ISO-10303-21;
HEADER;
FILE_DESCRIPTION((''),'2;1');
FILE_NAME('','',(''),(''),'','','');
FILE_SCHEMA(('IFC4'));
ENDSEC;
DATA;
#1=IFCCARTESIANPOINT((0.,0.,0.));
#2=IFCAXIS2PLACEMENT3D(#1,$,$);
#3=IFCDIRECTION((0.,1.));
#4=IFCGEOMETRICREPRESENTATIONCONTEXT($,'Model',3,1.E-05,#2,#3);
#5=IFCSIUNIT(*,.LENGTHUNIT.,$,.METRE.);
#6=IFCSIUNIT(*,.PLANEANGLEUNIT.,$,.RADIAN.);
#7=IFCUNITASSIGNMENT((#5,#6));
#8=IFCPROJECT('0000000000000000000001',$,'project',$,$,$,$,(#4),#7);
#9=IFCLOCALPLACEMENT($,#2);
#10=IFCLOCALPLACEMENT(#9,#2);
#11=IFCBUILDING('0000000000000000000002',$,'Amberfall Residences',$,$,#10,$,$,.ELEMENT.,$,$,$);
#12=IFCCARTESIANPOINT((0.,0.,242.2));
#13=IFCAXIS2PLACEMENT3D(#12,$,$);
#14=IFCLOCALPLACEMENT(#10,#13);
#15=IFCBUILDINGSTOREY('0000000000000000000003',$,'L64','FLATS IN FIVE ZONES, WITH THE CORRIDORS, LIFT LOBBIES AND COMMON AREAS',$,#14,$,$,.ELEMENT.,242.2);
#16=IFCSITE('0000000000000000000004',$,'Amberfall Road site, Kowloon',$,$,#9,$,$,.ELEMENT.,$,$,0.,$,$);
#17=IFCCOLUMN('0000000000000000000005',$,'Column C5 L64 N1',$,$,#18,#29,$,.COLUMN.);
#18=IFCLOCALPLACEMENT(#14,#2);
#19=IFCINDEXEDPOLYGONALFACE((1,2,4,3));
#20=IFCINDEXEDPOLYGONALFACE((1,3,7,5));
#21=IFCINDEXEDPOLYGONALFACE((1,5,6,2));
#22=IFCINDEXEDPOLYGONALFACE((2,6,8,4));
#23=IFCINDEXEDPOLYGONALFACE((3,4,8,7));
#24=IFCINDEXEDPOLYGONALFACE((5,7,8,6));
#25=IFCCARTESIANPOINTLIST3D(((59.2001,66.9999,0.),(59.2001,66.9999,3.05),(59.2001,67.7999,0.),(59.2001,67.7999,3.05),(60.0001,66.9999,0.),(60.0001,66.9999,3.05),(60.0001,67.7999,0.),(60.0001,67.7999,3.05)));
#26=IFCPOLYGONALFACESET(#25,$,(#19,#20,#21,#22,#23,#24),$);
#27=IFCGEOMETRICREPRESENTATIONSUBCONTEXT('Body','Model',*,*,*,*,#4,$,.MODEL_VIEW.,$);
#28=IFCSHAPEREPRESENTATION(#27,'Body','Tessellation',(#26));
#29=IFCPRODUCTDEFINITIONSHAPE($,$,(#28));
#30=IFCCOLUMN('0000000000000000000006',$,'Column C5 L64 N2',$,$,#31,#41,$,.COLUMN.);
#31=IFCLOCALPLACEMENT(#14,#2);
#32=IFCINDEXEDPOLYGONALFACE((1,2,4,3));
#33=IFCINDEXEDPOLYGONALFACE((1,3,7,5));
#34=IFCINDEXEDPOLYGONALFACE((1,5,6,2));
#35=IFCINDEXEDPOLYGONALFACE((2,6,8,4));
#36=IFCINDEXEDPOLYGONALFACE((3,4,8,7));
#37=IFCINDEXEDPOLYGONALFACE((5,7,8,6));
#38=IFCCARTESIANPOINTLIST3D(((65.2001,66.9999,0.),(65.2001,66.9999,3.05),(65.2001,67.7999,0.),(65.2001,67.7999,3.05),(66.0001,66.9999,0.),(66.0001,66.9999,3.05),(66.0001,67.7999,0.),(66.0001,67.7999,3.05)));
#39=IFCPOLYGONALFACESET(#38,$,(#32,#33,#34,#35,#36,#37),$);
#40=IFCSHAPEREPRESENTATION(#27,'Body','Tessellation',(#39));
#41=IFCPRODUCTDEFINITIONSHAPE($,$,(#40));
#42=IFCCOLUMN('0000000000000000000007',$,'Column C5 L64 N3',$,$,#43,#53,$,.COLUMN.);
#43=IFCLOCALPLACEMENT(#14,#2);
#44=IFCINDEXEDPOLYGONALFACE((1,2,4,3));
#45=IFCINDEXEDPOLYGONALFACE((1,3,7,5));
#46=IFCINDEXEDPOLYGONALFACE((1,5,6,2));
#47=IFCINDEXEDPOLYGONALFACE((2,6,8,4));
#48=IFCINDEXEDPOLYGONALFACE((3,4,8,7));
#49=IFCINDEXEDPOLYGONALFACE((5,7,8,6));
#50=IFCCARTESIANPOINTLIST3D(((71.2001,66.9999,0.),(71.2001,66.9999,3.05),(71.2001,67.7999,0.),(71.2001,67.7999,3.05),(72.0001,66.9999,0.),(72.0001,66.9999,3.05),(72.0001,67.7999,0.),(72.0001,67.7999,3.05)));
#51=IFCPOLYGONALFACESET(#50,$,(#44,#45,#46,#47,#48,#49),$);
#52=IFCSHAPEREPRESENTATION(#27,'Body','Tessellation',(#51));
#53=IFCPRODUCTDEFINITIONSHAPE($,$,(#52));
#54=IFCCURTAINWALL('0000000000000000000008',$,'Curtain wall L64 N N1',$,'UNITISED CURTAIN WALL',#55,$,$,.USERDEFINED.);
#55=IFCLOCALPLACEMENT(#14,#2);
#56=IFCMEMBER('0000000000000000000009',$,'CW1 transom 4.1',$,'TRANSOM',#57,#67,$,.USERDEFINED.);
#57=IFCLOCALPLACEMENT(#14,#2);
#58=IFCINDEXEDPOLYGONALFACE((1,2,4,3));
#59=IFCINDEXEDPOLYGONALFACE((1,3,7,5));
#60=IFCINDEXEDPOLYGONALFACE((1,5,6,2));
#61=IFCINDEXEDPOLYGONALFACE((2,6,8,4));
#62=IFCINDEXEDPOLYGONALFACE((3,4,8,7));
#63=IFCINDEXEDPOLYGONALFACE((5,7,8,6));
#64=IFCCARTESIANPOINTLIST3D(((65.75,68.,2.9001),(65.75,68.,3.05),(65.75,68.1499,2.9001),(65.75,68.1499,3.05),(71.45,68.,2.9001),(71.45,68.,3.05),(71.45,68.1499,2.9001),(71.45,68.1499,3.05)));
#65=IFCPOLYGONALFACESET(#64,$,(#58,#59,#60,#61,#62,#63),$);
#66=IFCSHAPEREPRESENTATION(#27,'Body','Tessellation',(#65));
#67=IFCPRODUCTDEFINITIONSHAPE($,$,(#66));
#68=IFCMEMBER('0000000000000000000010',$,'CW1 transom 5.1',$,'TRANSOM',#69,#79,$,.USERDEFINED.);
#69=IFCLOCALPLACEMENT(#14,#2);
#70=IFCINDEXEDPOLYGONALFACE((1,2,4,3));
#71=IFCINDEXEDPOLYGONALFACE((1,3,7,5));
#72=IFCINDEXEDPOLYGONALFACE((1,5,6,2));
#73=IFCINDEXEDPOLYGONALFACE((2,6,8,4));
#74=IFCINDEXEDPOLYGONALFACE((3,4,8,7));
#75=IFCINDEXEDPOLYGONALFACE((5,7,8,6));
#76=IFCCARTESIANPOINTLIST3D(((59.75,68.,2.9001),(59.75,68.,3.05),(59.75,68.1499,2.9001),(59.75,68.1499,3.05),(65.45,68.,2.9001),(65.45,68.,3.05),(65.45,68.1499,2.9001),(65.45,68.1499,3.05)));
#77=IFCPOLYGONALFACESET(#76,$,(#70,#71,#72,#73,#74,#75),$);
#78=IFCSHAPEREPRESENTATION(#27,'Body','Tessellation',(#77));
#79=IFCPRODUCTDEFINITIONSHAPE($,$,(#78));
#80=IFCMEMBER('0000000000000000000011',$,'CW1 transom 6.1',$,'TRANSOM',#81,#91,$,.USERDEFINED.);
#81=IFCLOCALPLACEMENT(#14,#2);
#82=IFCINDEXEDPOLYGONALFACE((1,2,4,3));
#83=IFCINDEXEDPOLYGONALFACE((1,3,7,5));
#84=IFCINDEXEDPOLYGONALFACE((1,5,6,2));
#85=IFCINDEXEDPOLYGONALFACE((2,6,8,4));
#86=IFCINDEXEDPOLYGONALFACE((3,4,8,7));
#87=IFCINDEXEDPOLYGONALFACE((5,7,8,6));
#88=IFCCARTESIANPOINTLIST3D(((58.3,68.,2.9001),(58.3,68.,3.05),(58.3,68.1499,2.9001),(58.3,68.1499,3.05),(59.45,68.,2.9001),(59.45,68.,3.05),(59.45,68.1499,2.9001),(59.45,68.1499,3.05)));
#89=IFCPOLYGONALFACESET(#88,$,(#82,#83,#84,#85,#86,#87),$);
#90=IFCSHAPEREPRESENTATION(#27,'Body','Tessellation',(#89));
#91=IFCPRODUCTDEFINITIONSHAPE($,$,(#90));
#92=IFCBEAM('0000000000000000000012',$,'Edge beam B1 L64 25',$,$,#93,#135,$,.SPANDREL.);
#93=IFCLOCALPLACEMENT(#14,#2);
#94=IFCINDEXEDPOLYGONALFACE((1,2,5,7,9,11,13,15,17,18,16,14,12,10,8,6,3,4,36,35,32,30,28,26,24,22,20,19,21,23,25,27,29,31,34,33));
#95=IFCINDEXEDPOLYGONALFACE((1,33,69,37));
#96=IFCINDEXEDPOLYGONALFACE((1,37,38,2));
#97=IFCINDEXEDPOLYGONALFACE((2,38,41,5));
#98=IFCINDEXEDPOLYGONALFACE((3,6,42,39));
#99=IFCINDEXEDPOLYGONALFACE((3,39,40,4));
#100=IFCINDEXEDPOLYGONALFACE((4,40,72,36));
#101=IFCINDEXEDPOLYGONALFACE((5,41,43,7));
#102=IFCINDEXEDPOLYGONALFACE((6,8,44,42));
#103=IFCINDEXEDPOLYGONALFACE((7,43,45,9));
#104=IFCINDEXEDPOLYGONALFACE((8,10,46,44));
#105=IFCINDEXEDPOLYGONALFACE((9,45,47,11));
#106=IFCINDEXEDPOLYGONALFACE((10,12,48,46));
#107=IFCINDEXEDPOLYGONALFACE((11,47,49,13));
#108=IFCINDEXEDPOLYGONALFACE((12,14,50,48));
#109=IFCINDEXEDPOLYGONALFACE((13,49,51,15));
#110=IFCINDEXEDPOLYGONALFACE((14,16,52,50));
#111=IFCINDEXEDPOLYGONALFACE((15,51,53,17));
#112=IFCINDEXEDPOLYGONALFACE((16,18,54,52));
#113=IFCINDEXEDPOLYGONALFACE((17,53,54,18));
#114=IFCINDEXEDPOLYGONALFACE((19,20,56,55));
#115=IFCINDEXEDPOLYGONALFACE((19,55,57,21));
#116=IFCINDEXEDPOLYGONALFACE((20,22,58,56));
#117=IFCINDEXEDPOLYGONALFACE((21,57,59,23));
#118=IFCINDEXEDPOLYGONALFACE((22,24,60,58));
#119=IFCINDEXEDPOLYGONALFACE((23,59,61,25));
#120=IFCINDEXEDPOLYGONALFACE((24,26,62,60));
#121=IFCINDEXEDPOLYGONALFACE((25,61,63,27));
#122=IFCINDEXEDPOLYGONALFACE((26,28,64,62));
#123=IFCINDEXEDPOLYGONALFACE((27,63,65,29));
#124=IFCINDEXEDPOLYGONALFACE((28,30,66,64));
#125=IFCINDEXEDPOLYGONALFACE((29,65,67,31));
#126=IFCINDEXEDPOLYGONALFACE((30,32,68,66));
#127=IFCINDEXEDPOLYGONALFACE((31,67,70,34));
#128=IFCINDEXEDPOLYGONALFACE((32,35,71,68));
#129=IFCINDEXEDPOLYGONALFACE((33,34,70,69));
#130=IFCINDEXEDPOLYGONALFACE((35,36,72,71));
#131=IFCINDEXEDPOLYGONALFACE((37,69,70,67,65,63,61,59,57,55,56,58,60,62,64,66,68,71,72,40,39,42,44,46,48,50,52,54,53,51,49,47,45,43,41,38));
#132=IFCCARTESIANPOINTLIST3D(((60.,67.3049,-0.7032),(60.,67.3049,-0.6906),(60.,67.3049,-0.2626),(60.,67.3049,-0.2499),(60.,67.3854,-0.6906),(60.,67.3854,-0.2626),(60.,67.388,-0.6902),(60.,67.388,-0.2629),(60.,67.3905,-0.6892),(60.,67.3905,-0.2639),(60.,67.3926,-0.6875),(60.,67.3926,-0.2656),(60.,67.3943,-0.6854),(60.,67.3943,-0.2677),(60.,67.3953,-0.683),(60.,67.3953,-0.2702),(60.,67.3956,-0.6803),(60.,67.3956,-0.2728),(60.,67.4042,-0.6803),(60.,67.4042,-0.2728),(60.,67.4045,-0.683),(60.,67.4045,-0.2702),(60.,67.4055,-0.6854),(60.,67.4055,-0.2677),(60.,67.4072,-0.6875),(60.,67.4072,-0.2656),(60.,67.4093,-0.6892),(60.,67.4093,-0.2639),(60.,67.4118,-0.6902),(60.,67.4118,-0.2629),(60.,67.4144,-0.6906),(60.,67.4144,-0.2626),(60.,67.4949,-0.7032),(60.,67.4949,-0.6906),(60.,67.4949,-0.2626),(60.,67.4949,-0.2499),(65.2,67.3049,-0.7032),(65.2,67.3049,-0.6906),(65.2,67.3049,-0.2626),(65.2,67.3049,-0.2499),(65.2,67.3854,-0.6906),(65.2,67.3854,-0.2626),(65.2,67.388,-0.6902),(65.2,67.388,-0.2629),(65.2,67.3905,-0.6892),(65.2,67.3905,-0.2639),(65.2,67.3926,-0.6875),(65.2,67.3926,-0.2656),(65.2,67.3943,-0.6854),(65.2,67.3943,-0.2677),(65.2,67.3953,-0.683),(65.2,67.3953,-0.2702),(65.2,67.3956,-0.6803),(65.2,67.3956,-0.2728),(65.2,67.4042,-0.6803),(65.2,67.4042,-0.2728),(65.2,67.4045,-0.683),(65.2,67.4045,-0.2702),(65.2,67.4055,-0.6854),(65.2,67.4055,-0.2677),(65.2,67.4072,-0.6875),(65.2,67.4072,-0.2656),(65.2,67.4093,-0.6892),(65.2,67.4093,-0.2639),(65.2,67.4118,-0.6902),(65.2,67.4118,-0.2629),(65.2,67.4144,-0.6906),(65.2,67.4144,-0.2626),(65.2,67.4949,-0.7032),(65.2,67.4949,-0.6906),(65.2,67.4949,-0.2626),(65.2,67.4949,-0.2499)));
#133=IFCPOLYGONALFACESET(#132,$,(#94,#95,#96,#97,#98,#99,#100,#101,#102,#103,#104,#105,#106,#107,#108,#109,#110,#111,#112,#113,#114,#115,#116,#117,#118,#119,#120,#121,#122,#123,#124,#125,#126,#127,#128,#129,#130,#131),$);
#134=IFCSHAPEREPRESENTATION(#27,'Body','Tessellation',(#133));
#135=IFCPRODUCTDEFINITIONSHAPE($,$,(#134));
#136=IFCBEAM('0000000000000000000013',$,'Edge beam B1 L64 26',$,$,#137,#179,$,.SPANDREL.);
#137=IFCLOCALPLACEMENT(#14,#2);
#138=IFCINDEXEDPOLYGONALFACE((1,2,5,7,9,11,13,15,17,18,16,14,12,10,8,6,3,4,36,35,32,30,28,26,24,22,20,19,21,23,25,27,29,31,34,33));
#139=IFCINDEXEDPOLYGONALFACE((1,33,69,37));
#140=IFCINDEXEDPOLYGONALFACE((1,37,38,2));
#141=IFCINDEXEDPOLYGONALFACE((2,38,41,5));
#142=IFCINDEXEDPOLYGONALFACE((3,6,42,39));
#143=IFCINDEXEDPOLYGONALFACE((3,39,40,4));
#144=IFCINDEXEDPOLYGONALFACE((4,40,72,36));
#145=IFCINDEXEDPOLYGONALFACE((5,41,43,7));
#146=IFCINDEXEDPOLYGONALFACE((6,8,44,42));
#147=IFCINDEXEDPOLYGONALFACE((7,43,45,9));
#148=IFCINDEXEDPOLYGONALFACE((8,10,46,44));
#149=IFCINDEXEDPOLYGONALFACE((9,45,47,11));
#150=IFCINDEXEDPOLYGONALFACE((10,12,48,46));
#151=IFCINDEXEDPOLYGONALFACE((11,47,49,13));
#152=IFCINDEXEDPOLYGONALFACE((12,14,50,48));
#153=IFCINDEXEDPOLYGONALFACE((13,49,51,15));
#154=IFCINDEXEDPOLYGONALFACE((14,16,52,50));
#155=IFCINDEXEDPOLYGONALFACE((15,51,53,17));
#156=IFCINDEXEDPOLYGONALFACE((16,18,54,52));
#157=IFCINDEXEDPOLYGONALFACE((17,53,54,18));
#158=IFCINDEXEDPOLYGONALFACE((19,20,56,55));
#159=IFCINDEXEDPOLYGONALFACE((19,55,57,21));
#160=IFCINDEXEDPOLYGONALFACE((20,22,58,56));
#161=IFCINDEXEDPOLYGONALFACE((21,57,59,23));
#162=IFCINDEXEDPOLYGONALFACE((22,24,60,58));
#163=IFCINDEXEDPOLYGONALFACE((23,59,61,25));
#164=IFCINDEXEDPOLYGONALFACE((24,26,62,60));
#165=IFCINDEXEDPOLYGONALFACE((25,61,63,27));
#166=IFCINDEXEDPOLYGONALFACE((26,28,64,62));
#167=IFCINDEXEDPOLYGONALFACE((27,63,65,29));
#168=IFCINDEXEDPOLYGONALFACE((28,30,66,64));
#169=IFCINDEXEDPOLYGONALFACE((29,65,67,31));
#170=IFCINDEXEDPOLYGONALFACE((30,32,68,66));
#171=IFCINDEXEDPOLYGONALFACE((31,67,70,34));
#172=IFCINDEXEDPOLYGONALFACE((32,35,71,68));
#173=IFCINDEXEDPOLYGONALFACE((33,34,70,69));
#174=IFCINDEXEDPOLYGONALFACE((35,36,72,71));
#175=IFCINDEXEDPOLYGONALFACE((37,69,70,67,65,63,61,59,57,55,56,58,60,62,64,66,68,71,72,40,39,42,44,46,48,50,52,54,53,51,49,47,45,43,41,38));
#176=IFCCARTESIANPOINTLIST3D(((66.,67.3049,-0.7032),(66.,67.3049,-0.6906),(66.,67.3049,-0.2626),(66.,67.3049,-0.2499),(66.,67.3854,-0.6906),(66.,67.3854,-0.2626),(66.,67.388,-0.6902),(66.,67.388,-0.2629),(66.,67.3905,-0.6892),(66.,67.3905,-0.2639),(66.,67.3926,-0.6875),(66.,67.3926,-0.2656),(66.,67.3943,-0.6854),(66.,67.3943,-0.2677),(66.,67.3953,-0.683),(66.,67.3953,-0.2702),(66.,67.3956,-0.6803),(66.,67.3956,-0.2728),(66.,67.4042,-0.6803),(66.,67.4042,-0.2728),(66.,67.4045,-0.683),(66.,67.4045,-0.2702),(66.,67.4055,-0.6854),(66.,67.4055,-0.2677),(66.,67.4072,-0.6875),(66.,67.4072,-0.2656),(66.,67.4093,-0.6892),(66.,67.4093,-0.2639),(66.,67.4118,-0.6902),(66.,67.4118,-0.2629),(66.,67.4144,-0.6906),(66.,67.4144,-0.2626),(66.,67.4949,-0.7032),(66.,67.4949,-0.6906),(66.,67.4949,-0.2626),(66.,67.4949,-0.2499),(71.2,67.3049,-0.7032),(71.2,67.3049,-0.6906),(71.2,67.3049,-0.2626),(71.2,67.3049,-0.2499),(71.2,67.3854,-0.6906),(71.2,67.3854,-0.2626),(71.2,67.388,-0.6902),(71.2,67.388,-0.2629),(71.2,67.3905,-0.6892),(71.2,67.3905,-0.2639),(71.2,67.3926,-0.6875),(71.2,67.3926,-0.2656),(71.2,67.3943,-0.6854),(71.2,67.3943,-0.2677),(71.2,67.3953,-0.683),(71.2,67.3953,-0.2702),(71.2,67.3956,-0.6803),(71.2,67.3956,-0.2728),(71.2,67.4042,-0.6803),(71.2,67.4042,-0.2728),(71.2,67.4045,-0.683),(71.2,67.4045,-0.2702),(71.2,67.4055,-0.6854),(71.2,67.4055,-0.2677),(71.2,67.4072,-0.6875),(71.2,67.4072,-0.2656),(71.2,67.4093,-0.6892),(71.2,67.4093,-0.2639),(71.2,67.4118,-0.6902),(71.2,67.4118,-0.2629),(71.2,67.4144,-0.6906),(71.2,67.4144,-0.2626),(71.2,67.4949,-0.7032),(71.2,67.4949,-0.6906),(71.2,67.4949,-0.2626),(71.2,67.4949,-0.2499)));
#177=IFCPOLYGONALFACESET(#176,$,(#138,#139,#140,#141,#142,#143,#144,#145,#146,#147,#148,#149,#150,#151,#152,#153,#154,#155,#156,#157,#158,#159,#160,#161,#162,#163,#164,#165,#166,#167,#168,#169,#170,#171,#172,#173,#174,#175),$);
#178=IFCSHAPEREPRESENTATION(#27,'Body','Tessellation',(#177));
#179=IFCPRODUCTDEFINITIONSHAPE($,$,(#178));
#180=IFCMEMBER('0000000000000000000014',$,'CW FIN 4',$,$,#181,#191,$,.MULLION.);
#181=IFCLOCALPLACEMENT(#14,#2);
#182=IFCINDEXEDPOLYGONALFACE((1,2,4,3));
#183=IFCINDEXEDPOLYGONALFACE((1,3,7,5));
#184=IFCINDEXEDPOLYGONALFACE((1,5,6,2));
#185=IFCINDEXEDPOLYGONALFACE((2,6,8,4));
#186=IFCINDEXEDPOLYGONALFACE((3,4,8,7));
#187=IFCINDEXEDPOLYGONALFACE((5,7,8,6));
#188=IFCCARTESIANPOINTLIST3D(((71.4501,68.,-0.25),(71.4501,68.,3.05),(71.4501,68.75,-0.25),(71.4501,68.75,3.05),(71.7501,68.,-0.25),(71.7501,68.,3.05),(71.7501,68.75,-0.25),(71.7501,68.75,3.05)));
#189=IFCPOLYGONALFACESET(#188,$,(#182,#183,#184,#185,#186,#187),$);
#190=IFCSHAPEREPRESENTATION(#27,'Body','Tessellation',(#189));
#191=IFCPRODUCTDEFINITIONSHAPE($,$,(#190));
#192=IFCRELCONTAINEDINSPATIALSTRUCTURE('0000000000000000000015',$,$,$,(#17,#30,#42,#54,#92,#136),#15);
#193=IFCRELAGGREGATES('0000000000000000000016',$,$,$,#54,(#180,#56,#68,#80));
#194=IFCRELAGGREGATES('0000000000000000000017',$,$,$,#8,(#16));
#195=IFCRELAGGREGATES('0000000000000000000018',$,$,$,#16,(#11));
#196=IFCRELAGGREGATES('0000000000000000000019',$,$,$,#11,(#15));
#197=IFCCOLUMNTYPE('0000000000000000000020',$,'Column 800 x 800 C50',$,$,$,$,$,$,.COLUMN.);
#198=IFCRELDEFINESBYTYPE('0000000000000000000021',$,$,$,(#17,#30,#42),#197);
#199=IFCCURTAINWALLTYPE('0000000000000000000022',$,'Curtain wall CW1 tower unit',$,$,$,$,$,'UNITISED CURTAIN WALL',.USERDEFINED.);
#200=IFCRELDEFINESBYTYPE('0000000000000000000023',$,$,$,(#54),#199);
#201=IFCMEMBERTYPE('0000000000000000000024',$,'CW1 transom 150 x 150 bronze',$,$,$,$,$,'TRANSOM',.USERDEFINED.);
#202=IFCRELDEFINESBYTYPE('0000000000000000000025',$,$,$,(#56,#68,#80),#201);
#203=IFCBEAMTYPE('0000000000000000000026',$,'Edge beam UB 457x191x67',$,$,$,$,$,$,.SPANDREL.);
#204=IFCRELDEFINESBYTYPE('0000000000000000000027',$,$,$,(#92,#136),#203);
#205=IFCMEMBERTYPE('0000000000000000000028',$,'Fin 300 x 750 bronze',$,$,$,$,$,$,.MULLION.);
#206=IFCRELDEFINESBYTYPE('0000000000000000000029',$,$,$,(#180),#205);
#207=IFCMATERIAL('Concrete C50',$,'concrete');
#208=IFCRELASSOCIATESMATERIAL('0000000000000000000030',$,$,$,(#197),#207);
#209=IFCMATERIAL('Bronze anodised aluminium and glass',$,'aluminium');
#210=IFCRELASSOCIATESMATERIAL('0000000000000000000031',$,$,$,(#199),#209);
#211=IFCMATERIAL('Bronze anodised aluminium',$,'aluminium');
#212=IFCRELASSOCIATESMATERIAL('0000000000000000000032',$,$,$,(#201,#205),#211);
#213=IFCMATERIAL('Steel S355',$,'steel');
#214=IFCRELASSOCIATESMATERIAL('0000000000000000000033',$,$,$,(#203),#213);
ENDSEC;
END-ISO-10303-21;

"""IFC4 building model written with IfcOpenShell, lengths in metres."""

from ifc_helpers import new_model, si_unit, direction, frame, origin, origin_2d, place, context, subcontext, project, spatial, rectangle, i_section, extrude, material, material_profile, profile_set, type_object, element, aggregate, save


model = new_model("IFC4")

# Units and contexts
model_context = context("Model", 3, precision=1e-05, world=origin(), true_north=direction((0.0, 1.0)))
body_context = subcontext(model_context, "Body", "Model", "MODEL_VIEW")
ifc_project = project(units=[si_unit("LENGTHUNIT", "METRE"), si_unit("PLANEANGLEUNIT", "RADIAN")], contexts=[model_context])

# Site, building, storey
site_placement = place(None, origin())
site = spatial("IfcSite", under=ifc_project, at=site_placement, Name="Amberfall Road site, Kowloon", CompositionType="ELEMENT", RefElevation=0.0)
building_placement = place(site_placement, origin())
building = spatial("IfcBuilding", under=site, at=building_placement, Name="Amberfall Residences", CompositionType="ELEMENT")
storey_placement = place(building_placement, frame((0.0, 0.0, 242.2)))
storey = spatial("IfcBuildingStorey", under=building, at=storey_placement, Name="L64", Description="FLATS IN FIVE ZONES, WITH THE CORRIDORS, LIFT LOBBIES AND COMMON AREAS", CompositionType="ELEMENT", Elevation=242.2)

# Columns
ifc_material_1 = material(Name="Concrete C50", Category="concrete")
ifc_material_profile_1 = material_profile(ifc_material_1, rectangle(XDim=0.8, YDim=0.8, at=origin_2d()), Name="Column 800 x 800 C50")
ifc_profile_set_1 = profile_set([ifc_material_profile_1], Name="Concrete C50")
column_type = type_object("IfcColumnType", Name="Column 800 x 800 C50", PredefinedType="COLUMN", material=ifc_profile_set_1)
for number, where, z_axis, x_axis, name in (
    (1, (59.6001, 67.3999, 0.0), (0.0, 0.0, 1.0), (1.0, 0.0, 0.0), "Column C5 L64 N1"),
    (2, (65.6001, 67.3999, 0.0), (0.0, 0.0, 1.0), (1.0, 0.0, 0.0), "Column C5 L64 N2"),
    (3, (71.6001, 67.3999, 0.0), (0.0, 0.0, 1.0), (1.0, 0.0, 0.0), "Column C5 L64 N3"),
):
    element("IfcColumn", number, at=place(storey_placement, frame(where, z_axis=z_axis, x_axis=x_axis)), inside=storey, type_object=column_type, Name=name, PredefinedType="COLUMN", context=body_context, shape_type="SweptSolid", body=[
        extrude(rectangle(XDim=0.8, YDim=0.8, at=origin_2d()), origin(), (0.0, 0.0, 1.0), 3.05),
    ])

# Curtain wall, members
ifc_material_2 = material(Name="Bronze anodised aluminium and glass", Category="aluminium")
curtain_wall_type = type_object("IfcCurtainWallType", Name="Curtain wall CW1 tower unit", ElementType="UNITISED CURTAIN WALL", PredefinedType="USERDEFINED", material=ifc_material_2)
curtain_wall_placement = place(storey_placement, origin())
curtain_wall = element("IfcCurtainWall", 4, at=curtain_wall_placement, inside=storey, type_object=curtain_wall_type, Name="Curtain wall L64 N N1", ObjectType="UNITISED CURTAIN WALL", PredefinedType="USERDEFINED")
ifc_material_3 = material(Name="Bronze anodised aluminium", Category="aluminium")
ifc_material_profile_2 = material_profile(ifc_material_3, rectangle(XDim=0.1499, YDim=0.1499, at=origin_2d()), Name="CW1 transom 150 x 150 bronze")
ifc_profile_set_2 = profile_set([ifc_material_profile_2], Name="Bronze anodised aluminium")
member_type_1 = type_object("IfcMemberType", Name="CW1 transom 150 x 150 bronze", ElementType="TRANSOM", PredefinedType="USERDEFINED", material=ifc_profile_set_2)
member_1_placement = place(storey_placement, frame((71.45, 68.075, 2.9751), z_axis=(-1.0, 0.0, 0.0), x_axis=(0.0, -1.0, 0.0)))
member_1 = element("IfcMember", 5, at=member_1_placement, type_object=member_type_1, Name="CW1 transom 4.1", ObjectType="TRANSOM", PredefinedType="USERDEFINED", context=body_context, shape_type="SweptSolid", body=[
    extrude(rectangle(XDim=0.1499, YDim=0.1499, at=origin_2d()), origin(), (0.0, 0.0, 1.0), 5.7),
])
member_2_placement = place(storey_placement, frame((65.45, 68.075, 2.9751), z_axis=(-1.0, 0.0, 0.0), x_axis=(0.0, -1.0, 0.0)))
member_2 = element("IfcMember", 6, at=member_2_placement, type_object=member_type_1, Name="CW1 transom 5.1", ObjectType="TRANSOM", PredefinedType="USERDEFINED", context=body_context, shape_type="SweptSolid", body=[
    extrude(rectangle(XDim=0.1499, YDim=0.1499, at=origin_2d()), origin(), (0.0, 0.0, 1.0), 5.7),
])
member_3_placement = place(storey_placement, frame((59.45, 68.075, 2.9751), z_axis=(-1.0, 0.0, 0.0), x_axis=(0.0, -1.0, 0.0)))
member_3 = element("IfcMember", 7, at=member_3_placement, type_object=member_type_1, Name="CW1 transom 6.1", ObjectType="TRANSOM", PredefinedType="USERDEFINED", context=body_context, shape_type="SweptSolid", body=[
    extrude(rectangle(XDim=0.1499, YDim=0.1499, at=origin_2d()), origin(), (0.0, 0.0, 1.0), 1.1499),
])

# Beams
ifc_material_4 = material(Name="Steel S355", Category="steel")
ifc_material_profile_3 = material_profile(ifc_material_4, i_section(OverallWidth=0.1899, OverallDepth=0.4534, WebThickness=0.0085, FlangeThickness=0.0127, FilletRadius=0.0103, at=origin_2d()), Name="UB 457x191x67")
ifc_profile_set_3 = profile_set([ifc_material_profile_3], Name="Steel S355")
beam_type_1 = type_object("IfcBeamType", Name="Edge beam UB 457x191x67", PredefinedType="SPANDREL", material=ifc_profile_set_3)
for number, where, z_axis, x_axis, name in (
    (8, (60.0, 67.3999, -0.4766), (1.0, 0.0, 0.0), (0.0, 1.0, 0.0), "Edge beam B1 L64 25"),
    (9, (66.0, 67.3999, -0.4766), (1.0, 0.0, 0.0), (0.0, 1.0, 0.0), "Edge beam B1 L64 26"),
):
    element("IfcBeam", number, at=place(storey_placement, frame(where, z_axis=z_axis, x_axis=x_axis)), inside=storey, type_object=beam_type_1, Name=name, PredefinedType="SPANDREL", context=body_context, shape_type="SweptSolid", body=[
        extrude(i_section(OverallWidth=0.1899, OverallDepth=0.4534, WebThickness=0.0085, FlangeThickness=0.0127, FilletRadius=0.0103, at=origin_2d()), origin(), (0.0, 0.0, 1.0), 5.2),
    ])

# Member
ifc_material_profile_4 = material_profile(ifc_material_3, rectangle(XDim=0.75, YDim=0.3, at=origin_2d()), Name="Fin 300 x 750 bronze")
ifc_profile_set_4 = profile_set([ifc_material_profile_4], Name="Bronze anodised aluminium")
member_type_2 = type_object("IfcMemberType", Name="Fin 300 x 750 bronze", PredefinedType="MULLION", material=ifc_profile_set_4)
member_4_placement = place(storey_placement, frame((71.6001, 68.375, -0.25), z_axis=(0.0, 0.0, 1.0), x_axis=(0.0, -1.0, 0.0)))
member_4 = element("IfcMember", 10, at=member_4_placement, type_object=member_type_2, Name="CW FIN 4", PredefinedType="MULLION", context=body_context, shape_type="SweptSolid", body=[
    extrude(rectangle(XDim=0.75, YDim=0.3, at=origin_2d()), origin(), (0.0, 0.0, 1.0), 3.3),
])

aggregate(curtain_wall, [member_4, member_1, member_2, member_3])

save(model, "model.ifc")
